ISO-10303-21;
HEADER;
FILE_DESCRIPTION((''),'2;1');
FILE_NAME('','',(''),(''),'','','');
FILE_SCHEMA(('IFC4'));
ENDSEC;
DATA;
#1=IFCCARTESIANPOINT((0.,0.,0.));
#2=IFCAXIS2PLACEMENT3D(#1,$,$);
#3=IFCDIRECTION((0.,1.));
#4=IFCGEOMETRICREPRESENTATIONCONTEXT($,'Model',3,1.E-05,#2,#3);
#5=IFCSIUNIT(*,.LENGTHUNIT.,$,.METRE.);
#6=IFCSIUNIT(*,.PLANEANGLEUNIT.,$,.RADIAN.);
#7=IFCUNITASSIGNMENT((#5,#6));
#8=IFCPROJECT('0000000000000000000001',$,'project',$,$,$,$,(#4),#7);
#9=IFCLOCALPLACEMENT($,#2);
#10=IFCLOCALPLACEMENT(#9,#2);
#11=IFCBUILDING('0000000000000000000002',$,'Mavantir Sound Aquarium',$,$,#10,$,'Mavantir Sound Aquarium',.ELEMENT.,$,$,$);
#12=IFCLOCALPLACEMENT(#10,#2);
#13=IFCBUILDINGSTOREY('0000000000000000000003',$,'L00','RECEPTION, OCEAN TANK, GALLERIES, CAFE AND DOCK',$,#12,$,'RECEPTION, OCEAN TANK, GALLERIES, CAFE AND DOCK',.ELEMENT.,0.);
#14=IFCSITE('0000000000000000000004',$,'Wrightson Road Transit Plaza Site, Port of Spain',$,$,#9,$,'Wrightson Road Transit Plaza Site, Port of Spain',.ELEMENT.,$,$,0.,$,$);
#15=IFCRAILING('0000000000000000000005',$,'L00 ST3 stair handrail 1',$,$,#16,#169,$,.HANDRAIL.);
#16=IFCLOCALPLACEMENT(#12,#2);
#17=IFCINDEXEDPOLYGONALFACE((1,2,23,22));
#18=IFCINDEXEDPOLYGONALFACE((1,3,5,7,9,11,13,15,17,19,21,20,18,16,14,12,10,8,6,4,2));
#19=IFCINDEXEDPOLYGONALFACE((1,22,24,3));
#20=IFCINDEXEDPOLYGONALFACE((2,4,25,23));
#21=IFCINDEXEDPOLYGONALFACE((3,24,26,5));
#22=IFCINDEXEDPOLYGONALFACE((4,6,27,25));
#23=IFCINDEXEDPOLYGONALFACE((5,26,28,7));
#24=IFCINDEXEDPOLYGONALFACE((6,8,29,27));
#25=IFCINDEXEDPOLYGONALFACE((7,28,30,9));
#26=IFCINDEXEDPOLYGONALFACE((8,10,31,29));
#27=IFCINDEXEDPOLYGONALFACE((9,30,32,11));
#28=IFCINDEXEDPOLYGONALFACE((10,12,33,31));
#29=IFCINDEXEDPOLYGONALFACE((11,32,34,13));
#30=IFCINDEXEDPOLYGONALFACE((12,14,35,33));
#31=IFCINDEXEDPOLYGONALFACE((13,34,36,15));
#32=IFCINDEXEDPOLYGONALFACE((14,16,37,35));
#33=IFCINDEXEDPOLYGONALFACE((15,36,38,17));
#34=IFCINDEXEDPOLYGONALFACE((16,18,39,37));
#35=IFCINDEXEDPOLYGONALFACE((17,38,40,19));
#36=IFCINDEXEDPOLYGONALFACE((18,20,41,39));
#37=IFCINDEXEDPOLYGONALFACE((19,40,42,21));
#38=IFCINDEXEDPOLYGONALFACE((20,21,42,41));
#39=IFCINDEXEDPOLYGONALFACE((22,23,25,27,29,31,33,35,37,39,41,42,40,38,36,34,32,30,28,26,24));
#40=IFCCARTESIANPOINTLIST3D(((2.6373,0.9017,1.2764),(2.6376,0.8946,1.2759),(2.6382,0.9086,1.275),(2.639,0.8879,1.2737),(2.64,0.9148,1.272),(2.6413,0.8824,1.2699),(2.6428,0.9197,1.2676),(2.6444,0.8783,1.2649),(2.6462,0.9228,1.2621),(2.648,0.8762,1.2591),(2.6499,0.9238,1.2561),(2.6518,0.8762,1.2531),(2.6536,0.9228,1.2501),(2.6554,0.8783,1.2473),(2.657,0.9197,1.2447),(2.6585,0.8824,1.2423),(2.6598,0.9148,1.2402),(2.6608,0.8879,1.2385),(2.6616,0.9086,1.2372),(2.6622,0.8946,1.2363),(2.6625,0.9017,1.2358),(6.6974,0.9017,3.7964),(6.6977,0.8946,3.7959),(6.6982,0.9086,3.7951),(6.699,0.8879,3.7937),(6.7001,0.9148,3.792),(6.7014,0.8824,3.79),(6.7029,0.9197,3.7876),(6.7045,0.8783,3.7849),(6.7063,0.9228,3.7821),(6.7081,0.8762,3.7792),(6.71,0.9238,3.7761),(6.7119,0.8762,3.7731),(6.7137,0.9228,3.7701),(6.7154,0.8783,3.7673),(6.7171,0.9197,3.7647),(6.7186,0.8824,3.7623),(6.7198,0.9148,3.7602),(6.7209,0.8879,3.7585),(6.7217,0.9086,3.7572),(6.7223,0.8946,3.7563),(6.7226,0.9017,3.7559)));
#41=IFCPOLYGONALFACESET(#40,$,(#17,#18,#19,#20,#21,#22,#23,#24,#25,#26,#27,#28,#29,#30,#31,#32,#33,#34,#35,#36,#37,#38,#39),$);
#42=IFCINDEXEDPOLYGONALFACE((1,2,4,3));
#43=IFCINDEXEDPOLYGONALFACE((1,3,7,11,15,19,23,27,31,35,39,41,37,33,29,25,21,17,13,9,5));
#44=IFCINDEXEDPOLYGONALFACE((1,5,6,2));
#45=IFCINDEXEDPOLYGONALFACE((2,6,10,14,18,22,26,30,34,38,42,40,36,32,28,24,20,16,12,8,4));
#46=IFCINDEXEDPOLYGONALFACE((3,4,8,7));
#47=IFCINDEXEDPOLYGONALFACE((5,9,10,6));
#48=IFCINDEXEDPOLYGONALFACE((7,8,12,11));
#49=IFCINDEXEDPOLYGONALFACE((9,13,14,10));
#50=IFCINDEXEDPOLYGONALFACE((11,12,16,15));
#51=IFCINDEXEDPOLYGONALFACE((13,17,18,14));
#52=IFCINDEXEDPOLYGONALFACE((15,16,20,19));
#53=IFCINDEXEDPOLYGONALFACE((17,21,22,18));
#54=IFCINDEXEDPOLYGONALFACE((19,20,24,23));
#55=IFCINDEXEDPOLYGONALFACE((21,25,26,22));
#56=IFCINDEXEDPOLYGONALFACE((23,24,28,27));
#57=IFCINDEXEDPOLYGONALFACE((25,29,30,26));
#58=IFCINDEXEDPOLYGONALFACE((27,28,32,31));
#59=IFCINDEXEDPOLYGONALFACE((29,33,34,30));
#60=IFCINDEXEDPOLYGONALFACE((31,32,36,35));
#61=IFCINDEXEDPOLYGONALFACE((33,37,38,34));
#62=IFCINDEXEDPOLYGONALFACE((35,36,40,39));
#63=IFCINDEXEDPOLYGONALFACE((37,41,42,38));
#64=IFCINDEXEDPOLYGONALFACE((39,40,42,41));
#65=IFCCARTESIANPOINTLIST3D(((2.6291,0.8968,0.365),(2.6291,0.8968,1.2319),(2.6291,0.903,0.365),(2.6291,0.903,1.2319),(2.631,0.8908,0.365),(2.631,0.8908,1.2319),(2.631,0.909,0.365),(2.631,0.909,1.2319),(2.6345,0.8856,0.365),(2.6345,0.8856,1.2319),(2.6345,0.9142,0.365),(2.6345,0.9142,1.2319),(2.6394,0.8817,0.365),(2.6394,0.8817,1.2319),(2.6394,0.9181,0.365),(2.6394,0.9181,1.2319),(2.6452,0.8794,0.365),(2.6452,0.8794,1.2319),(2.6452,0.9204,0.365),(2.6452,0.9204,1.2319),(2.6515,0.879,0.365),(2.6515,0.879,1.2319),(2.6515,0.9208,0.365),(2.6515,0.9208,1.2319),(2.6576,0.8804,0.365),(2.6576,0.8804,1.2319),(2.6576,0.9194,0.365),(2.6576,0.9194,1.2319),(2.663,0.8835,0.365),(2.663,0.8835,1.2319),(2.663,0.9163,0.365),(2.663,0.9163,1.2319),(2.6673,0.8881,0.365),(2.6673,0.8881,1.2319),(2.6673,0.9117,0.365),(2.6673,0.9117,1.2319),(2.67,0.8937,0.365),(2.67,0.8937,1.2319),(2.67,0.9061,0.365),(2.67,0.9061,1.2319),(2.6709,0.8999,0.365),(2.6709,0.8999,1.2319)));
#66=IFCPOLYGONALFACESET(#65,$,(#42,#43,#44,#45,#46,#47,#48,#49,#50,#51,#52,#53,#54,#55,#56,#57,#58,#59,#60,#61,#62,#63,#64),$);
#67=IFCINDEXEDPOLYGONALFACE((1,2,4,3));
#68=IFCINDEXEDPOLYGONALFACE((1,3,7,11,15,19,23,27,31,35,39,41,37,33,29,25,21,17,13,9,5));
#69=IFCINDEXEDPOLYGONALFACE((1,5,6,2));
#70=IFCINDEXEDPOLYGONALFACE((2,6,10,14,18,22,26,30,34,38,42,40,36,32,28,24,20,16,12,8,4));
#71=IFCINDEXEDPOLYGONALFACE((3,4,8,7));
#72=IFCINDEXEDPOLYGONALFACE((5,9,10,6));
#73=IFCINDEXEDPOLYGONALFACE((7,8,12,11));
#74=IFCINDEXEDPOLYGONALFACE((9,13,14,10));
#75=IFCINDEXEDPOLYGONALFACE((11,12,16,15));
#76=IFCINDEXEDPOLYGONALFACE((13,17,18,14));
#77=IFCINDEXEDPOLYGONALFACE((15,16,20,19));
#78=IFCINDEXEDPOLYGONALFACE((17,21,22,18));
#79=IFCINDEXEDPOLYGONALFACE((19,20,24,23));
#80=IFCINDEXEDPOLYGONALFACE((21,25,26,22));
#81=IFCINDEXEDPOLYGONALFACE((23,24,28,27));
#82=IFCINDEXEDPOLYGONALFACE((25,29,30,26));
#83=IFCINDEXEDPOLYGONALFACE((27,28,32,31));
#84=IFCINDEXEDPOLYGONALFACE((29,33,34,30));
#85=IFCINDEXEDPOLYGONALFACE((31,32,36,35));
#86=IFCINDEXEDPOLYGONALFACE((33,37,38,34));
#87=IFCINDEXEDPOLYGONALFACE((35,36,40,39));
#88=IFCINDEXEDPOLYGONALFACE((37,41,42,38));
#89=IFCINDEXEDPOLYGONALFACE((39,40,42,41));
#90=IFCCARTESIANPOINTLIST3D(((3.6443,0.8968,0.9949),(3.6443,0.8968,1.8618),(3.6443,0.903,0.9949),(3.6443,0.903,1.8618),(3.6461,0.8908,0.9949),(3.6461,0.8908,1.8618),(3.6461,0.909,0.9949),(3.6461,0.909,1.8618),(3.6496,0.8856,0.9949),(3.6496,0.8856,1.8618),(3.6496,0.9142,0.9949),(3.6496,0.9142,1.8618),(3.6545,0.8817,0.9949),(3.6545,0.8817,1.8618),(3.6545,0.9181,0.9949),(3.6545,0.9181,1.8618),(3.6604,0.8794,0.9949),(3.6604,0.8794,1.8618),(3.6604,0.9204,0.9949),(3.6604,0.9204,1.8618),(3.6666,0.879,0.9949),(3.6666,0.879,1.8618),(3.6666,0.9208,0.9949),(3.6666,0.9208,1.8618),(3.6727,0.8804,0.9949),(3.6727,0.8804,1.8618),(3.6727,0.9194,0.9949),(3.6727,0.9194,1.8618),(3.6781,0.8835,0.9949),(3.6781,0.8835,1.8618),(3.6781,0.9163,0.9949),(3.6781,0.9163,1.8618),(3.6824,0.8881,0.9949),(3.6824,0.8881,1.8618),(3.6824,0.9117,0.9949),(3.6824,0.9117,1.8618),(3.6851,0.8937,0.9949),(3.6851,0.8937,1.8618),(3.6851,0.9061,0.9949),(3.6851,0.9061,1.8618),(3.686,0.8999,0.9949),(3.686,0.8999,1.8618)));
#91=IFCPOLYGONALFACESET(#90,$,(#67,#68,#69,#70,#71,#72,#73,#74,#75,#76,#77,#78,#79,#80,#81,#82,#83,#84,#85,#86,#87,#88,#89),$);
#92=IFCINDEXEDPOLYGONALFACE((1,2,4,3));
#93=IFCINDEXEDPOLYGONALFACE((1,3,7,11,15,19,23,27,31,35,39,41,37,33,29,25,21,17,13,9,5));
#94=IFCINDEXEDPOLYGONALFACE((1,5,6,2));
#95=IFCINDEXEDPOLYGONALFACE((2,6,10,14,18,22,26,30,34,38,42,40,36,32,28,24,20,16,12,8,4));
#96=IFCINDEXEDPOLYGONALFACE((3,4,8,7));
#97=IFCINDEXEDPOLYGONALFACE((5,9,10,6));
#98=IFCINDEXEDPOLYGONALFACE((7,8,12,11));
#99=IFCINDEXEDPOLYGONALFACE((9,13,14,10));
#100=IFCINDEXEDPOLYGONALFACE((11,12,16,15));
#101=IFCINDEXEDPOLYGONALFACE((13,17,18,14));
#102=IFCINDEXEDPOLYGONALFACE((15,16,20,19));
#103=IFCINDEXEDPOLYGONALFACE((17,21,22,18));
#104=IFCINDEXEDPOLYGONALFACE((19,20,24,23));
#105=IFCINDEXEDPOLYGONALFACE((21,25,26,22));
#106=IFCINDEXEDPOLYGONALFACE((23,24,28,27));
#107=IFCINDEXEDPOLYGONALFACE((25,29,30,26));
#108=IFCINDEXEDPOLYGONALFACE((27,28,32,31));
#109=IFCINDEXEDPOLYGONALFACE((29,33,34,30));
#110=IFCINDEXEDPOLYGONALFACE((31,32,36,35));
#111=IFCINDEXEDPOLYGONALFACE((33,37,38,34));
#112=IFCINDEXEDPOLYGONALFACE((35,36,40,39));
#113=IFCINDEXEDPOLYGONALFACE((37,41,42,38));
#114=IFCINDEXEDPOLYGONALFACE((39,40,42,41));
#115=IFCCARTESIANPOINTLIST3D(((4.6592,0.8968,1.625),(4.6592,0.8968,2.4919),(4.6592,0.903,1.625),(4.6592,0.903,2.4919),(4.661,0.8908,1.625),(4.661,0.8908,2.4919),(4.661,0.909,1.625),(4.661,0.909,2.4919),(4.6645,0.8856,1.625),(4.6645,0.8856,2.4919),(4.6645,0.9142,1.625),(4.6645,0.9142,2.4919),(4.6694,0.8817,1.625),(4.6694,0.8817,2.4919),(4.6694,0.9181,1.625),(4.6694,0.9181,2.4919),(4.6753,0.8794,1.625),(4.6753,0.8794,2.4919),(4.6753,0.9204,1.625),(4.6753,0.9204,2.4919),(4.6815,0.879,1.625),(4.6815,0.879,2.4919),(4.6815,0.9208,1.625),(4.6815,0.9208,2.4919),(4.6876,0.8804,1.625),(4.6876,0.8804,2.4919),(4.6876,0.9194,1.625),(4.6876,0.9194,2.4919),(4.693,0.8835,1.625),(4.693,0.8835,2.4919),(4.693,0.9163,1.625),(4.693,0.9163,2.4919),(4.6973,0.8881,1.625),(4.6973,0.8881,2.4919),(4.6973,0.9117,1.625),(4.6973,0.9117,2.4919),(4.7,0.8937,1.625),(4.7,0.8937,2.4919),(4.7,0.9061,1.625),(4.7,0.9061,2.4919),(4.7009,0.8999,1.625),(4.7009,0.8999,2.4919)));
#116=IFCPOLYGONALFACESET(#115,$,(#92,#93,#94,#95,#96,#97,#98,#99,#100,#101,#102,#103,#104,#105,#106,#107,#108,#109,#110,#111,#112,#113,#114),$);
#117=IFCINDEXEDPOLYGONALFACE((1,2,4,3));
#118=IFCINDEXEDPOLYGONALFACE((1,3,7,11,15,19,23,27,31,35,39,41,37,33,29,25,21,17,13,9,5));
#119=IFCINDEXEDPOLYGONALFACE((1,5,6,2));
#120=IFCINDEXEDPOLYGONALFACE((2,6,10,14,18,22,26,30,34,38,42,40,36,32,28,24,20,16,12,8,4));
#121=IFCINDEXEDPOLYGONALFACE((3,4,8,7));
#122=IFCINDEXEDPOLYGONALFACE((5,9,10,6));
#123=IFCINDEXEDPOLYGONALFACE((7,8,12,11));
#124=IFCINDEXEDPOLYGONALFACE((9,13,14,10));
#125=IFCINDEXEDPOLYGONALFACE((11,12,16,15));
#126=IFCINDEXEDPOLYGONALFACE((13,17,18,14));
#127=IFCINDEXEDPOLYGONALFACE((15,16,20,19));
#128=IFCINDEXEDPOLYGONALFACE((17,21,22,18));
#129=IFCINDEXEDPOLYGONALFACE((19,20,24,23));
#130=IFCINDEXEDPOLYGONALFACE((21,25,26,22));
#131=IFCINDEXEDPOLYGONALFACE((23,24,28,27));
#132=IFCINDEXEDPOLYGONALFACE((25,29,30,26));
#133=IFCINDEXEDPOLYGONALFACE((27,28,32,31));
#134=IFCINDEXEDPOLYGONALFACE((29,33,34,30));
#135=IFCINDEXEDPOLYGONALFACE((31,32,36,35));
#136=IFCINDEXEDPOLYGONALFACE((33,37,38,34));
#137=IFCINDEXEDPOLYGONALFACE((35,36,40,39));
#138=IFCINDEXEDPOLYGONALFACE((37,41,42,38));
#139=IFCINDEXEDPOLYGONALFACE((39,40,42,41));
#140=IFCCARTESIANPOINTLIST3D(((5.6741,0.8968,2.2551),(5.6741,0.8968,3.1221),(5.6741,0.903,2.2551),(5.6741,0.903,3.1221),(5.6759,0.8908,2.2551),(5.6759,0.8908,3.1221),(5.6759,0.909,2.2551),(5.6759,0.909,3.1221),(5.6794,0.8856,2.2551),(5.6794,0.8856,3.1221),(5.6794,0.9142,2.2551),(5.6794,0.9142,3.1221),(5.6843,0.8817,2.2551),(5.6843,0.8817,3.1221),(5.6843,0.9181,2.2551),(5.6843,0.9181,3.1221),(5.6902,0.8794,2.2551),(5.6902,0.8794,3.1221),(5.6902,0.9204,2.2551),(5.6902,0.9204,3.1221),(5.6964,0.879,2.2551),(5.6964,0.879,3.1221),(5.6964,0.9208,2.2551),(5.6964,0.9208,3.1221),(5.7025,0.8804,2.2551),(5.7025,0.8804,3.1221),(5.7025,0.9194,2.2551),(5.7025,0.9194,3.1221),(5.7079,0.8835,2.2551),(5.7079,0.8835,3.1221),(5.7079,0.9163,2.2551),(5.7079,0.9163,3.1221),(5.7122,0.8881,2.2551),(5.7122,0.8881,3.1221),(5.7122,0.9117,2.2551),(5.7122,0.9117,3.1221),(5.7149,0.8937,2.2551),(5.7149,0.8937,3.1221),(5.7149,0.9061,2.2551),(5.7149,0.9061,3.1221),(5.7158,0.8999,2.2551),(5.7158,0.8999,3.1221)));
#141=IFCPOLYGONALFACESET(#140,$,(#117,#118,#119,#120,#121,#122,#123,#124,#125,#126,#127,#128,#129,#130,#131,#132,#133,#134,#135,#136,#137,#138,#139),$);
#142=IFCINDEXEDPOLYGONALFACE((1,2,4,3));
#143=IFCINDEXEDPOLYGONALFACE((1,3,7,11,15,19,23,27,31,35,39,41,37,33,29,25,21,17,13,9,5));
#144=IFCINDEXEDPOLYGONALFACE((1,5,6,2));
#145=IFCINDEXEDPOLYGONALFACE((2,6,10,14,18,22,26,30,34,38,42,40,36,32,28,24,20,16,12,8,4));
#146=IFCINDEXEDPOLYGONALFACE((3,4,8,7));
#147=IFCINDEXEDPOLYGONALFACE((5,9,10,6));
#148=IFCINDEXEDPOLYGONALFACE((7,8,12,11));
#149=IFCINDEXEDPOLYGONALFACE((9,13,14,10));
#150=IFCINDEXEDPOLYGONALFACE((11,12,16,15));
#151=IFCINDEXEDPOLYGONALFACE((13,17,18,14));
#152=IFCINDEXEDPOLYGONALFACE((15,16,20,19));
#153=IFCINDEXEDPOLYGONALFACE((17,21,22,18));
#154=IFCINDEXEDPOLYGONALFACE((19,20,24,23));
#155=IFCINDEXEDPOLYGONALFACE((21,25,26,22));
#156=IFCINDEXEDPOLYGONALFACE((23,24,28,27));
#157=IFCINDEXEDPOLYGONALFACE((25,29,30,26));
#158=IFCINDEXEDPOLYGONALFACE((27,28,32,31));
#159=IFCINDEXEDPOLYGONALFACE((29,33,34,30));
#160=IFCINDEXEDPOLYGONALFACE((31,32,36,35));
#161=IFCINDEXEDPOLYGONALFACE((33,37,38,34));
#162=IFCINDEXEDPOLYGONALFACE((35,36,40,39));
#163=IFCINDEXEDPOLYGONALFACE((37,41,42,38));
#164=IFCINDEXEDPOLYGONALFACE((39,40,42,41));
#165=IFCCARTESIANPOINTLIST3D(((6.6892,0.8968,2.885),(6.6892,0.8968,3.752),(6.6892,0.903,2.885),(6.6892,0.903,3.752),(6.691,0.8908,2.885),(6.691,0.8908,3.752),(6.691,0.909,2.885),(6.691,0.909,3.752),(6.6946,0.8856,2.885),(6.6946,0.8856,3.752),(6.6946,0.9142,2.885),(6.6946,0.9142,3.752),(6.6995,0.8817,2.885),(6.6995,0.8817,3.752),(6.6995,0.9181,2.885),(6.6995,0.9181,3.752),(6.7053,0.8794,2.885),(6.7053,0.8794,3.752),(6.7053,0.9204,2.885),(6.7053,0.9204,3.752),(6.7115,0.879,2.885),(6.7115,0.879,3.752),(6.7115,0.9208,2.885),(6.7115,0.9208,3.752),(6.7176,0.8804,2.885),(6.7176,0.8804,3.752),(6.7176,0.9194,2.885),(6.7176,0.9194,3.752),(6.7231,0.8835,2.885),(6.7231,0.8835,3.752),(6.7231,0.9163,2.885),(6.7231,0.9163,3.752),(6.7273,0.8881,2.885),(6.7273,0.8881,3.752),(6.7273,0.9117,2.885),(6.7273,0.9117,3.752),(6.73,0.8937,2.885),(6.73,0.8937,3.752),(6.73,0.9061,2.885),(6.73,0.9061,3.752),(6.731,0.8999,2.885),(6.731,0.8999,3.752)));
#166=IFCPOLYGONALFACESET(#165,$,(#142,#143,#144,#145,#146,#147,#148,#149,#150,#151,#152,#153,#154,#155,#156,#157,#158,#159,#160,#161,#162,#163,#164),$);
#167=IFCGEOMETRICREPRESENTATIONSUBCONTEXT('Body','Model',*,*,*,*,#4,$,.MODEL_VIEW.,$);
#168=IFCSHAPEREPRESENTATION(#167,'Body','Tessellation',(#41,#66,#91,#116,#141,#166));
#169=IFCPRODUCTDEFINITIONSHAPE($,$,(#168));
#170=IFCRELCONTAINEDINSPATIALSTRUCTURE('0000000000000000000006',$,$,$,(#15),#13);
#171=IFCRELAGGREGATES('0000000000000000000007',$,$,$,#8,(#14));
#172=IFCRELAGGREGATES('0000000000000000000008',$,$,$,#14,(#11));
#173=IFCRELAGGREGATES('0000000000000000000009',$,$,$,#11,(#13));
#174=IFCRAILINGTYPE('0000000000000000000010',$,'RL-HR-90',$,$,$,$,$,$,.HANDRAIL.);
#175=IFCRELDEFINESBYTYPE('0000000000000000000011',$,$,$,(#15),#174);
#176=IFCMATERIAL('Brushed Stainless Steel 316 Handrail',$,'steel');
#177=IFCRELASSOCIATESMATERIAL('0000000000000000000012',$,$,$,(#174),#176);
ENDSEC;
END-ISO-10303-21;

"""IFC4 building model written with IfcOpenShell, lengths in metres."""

from ifc_helpers import new_model, si_unit, direction, frame, origin, origin_2d, place, context, subcontext, project, spatial, circle, extrude, material, type_object, element, save


model = new_model("IFC4")

# Units and contexts
model_context = context("Model", 3, precision=1e-05, world=origin(), true_north=direction((0.0, 1.0)))
body_context = subcontext(model_context, "Body", "Model", "MODEL_VIEW")
ifc_project = project(units=[si_unit("LENGTHUNIT", "METRE"), si_unit("PLANEANGLEUNIT", "RADIAN")], contexts=[model_context])

# Site, building, storey
site_placement = place(None, origin())
site = spatial("IfcSite", under=ifc_project, at=site_placement, Name="Wrightson Road Transit Plaza Site, Port of Spain", LongName="Wrightson Road Transit Plaza Site, Port of Spain", CompositionType="ELEMENT", RefElevation=0.0)
building_placement = place(site_placement, origin())
building = spatial("IfcBuilding", under=site, at=building_placement, Name="Mavantir Sound Aquarium", LongName="Mavantir Sound Aquarium", CompositionType="ELEMENT")
storey_placement = place(building_placement, origin())
storey = spatial("IfcBuildingStorey", under=building, at=storey_placement, Name="L00", Description="RECEPTION, OCEAN TANK, GALLERIES, CAFE AND DOCK", LongName="RECEPTION, OCEAN TANK, GALLERIES, CAFE AND DOCK", CompositionType="ELEMENT", Elevation=0.0)

# Railing
ifc_material_1 = material(Name="Brushed Stainless Steel 316 Handrail", Category="steel")
railing_type = type_object("IfcRailingType", Name="RL-HR-90", PredefinedType="HANDRAIL", material=ifc_material_1)
railing_placement = place(storey_placement, frame((2.6499, 0.8999, 0.365)))
element("IfcRailing", 1, at=railing_placement, inside=storey, type_object=railing_type, Name="L00 ST3 stair handrail 1", PredefinedType="HANDRAIL", context=body_context, shape_type="SweptSolid", body=[
    extrude(circle(Radius=0.0239, at=origin_2d()), frame((0.0, 0.0, 0.8911), z_axis=(0.849642, 0.0, 0.52736), x_axis=(0.0, 1.0, 0.0)), (0.0, 0.0, 1.0), 4.7786),
    extrude(circle(Radius=0.021, at=origin_2d()), origin(), (0.0, 0.0, 1.0), 0.8669),
    extrude(circle(Radius=0.021, at=origin_2d()), frame((1.0151, 0.0, 0.6299)), (0.0, 0.0, 1.0), 0.8669),
    extrude(circle(Radius=0.021, at=origin_2d()), frame((2.03, 0.0, 1.26)), (0.0, 0.0, 1.0), 0.8669),
    extrude(circle(Radius=0.021, at=origin_2d()), frame((3.0449, 0.0, 1.8901)), (0.0, 0.0, 1.0), 0.8669),
    extrude(circle(Radius=0.021, at=origin_2d()), frame((4.0601, 0.0, 2.52)), (0.0, 0.0, 1.0), 0.8669),
])

save(model, "model.ifc")
